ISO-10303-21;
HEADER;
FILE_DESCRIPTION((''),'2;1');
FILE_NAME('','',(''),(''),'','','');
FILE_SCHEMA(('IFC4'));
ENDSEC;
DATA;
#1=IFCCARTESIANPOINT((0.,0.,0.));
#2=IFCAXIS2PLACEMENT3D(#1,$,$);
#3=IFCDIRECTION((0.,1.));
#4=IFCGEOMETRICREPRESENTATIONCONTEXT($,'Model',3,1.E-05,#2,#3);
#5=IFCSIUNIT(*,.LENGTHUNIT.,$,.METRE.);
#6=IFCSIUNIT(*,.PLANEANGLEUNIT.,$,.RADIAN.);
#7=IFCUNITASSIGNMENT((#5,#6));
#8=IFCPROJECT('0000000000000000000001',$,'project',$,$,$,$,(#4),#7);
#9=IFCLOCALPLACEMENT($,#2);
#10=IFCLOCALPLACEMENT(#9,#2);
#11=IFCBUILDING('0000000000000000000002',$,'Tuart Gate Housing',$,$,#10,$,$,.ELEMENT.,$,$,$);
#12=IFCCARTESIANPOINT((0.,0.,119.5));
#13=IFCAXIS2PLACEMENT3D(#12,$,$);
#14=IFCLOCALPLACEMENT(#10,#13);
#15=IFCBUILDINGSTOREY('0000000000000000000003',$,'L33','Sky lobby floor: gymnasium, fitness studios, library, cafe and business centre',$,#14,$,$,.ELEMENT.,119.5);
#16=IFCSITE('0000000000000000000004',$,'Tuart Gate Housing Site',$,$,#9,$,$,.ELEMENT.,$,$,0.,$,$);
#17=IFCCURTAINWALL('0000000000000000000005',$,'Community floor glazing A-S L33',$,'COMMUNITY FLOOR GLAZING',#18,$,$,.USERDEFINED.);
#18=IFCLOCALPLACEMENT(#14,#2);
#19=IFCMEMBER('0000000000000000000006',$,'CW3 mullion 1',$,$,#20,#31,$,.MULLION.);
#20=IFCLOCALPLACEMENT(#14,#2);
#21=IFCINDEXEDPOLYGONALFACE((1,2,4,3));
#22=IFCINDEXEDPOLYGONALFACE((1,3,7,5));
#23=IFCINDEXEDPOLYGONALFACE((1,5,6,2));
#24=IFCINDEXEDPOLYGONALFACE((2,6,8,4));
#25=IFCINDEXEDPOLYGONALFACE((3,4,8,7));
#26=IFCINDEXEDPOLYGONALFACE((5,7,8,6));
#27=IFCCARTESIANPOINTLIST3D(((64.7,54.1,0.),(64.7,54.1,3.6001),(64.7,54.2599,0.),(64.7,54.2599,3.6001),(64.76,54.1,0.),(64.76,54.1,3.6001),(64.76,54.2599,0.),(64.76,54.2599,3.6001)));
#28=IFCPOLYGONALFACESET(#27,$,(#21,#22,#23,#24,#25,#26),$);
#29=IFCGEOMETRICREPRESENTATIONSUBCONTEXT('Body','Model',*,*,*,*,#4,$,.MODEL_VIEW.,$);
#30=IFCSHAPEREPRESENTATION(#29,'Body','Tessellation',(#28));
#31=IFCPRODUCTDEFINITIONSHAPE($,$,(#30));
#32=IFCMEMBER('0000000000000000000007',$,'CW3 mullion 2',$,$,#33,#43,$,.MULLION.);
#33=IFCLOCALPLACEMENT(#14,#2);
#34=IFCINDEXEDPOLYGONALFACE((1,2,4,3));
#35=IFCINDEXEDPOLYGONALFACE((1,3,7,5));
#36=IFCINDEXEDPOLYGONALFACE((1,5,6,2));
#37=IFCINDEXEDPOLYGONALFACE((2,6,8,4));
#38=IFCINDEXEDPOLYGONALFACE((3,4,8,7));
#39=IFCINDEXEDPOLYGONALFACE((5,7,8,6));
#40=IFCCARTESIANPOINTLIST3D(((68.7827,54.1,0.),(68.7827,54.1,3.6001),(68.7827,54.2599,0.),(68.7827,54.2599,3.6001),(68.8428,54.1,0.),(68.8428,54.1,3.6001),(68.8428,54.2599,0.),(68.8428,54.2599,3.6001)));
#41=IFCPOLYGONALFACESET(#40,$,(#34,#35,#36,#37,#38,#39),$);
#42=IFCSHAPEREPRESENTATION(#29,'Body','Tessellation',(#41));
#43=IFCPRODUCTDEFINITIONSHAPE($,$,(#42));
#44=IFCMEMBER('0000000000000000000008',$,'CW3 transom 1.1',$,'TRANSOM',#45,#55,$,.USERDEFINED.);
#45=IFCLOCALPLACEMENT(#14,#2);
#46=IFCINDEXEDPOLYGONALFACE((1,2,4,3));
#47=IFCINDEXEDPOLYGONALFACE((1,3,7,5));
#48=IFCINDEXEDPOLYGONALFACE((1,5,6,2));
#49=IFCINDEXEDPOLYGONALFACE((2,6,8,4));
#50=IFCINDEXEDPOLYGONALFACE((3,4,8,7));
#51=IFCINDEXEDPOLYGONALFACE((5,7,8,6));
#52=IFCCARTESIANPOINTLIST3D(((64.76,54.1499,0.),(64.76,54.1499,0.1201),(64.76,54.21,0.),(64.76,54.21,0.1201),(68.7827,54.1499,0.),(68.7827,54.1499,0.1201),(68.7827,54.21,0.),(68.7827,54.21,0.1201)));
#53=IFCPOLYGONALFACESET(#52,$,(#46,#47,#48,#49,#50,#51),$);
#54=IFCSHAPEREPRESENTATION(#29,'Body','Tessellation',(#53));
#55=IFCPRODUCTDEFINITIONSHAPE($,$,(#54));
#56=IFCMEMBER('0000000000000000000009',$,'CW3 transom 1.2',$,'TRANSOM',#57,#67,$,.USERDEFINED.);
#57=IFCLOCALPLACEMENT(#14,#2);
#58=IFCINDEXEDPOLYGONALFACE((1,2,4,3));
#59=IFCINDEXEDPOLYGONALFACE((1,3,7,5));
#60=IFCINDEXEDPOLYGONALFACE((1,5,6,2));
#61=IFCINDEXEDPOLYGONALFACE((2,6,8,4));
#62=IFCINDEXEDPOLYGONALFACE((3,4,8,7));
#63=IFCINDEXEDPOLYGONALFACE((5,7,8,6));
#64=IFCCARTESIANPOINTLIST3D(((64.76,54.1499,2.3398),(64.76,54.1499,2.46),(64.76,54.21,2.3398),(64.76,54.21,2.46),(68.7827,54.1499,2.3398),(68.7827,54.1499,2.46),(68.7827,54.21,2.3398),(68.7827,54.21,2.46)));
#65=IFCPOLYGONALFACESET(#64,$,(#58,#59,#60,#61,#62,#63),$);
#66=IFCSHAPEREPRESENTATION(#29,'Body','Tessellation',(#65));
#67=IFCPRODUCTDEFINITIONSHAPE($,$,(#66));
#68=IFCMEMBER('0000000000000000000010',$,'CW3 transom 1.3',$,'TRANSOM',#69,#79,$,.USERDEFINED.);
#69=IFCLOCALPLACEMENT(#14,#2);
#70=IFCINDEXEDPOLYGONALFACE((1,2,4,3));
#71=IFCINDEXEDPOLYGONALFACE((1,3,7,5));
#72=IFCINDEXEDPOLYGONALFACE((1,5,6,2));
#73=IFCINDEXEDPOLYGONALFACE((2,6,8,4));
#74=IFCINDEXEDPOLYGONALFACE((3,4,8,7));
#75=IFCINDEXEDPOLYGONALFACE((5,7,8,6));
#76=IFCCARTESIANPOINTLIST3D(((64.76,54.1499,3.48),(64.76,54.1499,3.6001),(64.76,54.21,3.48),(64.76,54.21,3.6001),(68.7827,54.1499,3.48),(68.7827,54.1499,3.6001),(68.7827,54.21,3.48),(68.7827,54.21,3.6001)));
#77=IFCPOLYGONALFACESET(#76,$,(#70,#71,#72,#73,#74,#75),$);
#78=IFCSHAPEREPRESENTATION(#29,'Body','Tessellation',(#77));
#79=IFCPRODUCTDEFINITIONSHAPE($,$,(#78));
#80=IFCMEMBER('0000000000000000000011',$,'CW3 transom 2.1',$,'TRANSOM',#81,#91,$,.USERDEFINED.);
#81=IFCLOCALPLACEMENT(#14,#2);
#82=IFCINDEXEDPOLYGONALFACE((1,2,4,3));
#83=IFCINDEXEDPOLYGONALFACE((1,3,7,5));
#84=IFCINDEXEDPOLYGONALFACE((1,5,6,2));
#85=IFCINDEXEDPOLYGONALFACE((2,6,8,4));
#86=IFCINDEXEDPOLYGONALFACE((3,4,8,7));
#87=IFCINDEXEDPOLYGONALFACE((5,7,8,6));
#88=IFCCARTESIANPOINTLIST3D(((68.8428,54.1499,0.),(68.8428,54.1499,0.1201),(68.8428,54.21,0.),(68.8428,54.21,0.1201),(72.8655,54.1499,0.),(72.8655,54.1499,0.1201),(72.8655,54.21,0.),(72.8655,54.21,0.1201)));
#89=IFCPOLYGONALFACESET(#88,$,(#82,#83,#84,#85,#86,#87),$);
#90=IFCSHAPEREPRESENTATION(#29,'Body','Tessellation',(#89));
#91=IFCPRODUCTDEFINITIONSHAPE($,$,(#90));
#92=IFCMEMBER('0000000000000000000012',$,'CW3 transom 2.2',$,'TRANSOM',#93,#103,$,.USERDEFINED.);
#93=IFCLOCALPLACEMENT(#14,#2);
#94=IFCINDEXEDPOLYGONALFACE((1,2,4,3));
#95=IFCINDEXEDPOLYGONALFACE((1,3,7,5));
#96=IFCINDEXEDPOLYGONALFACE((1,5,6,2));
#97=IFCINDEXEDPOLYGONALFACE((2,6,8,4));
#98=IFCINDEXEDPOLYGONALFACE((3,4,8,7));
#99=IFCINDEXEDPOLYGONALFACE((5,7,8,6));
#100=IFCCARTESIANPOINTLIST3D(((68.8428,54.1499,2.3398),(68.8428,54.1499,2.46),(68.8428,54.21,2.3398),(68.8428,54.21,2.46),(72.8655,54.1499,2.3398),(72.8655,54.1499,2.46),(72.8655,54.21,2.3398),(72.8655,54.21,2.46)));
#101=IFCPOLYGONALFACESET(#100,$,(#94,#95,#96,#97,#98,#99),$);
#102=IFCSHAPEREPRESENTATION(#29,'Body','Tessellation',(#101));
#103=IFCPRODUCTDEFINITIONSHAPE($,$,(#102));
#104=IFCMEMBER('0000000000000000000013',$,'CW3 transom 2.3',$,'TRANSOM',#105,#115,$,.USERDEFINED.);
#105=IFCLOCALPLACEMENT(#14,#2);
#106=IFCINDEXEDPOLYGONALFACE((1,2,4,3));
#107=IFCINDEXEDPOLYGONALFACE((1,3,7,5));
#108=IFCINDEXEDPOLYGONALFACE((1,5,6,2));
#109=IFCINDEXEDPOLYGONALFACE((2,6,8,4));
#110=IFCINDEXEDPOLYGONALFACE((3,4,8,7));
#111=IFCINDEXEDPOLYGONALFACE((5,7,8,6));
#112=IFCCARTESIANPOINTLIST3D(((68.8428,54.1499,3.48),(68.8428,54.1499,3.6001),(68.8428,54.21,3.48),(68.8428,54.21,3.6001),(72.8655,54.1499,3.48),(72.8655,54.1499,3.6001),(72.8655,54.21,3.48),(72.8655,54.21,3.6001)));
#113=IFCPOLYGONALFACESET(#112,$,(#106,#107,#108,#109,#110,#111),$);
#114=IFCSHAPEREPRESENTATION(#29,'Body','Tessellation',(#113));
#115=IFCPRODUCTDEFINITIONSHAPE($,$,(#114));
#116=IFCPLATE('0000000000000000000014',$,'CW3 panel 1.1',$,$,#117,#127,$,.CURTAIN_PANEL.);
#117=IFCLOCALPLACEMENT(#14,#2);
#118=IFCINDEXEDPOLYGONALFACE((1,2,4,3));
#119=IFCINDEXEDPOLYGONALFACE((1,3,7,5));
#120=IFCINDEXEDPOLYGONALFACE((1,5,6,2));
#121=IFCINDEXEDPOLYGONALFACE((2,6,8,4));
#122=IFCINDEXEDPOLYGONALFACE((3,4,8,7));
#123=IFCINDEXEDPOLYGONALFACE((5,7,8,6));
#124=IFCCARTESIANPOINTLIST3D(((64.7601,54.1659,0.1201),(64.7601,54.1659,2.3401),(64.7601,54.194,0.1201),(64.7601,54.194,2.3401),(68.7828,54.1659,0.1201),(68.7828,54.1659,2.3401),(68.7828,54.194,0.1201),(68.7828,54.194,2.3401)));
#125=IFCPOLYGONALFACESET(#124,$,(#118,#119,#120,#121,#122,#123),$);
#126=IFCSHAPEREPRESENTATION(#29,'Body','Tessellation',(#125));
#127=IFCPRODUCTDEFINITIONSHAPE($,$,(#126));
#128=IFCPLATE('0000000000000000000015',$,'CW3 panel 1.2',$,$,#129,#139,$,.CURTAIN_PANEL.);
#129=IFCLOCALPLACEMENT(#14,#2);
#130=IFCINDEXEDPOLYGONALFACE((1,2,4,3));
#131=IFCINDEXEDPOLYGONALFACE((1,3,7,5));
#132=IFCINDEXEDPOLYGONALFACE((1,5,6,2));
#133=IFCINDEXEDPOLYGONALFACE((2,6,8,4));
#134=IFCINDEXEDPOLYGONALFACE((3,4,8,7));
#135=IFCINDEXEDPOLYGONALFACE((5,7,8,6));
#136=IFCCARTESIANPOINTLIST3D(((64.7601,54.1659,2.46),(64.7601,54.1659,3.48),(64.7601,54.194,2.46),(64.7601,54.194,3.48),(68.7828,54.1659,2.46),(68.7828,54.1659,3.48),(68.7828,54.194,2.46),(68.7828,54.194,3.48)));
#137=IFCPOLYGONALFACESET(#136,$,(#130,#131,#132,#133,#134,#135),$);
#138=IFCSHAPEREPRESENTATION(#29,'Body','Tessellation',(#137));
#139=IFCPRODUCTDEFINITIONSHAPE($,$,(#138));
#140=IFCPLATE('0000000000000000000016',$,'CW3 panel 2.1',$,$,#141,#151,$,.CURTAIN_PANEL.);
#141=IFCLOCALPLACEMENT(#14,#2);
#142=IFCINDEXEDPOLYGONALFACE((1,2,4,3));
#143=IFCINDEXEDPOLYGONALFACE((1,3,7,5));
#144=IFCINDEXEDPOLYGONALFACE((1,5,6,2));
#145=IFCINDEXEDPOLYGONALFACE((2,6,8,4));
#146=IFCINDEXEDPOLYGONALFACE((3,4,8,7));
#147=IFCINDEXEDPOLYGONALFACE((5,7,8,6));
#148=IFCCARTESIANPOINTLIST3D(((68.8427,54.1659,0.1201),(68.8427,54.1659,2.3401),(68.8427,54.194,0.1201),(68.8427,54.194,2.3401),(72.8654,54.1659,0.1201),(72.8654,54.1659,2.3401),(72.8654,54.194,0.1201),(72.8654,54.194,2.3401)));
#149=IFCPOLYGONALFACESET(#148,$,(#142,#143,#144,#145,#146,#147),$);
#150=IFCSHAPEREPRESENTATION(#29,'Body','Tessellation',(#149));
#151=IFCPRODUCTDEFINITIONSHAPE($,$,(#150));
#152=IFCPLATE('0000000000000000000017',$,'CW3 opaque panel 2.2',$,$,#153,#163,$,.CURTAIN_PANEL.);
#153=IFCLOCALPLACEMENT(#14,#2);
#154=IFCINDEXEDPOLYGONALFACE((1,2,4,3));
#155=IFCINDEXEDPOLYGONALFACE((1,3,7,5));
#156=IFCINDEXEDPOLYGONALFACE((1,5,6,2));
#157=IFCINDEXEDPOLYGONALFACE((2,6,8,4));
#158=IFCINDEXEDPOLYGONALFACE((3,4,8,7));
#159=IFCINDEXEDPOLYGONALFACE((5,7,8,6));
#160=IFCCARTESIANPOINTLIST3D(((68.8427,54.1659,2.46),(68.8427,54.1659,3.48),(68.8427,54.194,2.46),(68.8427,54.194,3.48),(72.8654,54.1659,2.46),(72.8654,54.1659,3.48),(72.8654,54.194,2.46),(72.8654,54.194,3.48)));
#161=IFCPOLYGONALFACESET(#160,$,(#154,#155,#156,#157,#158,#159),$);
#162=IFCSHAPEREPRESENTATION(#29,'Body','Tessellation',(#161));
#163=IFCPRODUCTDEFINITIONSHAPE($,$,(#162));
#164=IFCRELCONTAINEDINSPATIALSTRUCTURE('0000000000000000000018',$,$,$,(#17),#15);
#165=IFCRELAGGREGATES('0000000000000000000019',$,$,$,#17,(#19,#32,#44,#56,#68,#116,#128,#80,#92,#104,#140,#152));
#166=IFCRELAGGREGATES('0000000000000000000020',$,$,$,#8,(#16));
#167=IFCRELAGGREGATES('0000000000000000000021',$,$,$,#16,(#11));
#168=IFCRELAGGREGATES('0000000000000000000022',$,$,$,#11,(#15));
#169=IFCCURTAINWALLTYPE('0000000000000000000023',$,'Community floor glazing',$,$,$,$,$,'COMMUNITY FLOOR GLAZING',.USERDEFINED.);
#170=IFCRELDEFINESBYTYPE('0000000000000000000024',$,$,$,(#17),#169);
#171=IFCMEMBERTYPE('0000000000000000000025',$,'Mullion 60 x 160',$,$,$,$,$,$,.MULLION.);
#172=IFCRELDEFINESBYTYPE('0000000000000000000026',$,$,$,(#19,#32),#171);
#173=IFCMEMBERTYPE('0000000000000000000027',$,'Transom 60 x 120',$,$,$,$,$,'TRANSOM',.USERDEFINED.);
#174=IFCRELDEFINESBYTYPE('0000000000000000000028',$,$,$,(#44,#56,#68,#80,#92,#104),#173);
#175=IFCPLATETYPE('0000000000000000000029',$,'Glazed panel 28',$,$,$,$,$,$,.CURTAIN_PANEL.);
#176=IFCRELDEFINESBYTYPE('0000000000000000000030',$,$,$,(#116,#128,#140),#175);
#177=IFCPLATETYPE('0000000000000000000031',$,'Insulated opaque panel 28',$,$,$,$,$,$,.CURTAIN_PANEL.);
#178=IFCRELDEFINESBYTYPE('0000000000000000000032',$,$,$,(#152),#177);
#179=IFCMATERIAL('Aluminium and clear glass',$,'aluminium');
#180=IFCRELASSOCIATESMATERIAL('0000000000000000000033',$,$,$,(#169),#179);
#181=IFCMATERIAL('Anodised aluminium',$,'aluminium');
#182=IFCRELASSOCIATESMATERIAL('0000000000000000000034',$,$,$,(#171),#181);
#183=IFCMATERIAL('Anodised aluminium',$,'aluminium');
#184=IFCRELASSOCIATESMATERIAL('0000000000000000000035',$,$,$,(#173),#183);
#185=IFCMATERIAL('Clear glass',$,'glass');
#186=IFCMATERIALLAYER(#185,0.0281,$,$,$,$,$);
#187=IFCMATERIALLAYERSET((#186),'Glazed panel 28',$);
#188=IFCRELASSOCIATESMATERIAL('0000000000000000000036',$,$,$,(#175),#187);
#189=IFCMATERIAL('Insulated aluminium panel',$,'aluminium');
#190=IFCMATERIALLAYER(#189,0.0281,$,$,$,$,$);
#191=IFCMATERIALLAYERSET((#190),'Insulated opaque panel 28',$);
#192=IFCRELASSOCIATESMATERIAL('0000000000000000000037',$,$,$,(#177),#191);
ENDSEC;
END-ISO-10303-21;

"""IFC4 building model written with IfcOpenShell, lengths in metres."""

from ifc_helpers import new_model, si_unit, direction, frame, origin, origin_2d, place, context, subcontext, project, spatial, rectangle, extrude, material, layer, layer_set, material_profile, profile_set, type_object, element, aggregate, save


model = new_model("IFC4")

# Units and contexts
model_context = context("Model", 3, precision=1e-05, world=origin(), true_north=direction((0.0, 1.0)))
body_context = subcontext(model_context, "Body", "Model", "MODEL_VIEW")
ifc_project = project(units=[si_unit("LENGTHUNIT", "METRE"), si_unit("PLANEANGLEUNIT", "RADIAN")], contexts=[model_context])

# Site, building, storey
site_placement = place(None, origin())
site = spatial("IfcSite", under=ifc_project, at=site_placement, Name="Tuart Gate Housing Site", CompositionType="ELEMENT", RefElevation=0.0)
building_placement = place(site_placement, origin())
building = spatial("IfcBuilding", under=site, at=building_placement, Name="Tuart Gate Housing", CompositionType="ELEMENT")
storey_placement = place(building_placement, frame((0.0, 0.0, 119.5)))
storey = spatial("IfcBuildingStorey", under=building, at=storey_placement, Name="L33", Description="Sky lobby floor: gymnasium, fitness studios, library, cafe and business centre", CompositionType="ELEMENT", Elevation=119.5)

# Curtain wall, members, plates
ifc_material_1 = material(Name="Aluminium and clear glass", Category="aluminium")
curtain_wall_type = type_object("IfcCurtainWallType", Name="Community floor glazing", ElementType="COMMUNITY FLOOR GLAZING", PredefinedType="USERDEFINED", material=ifc_material_1)
curtain_wall_placement = place(storey_placement, origin())
curtain_wall = element("IfcCurtainWall", 1, at=curtain_wall_placement, inside=storey, type_object=curtain_wall_type, Name="Community floor glazing A-S L33", ObjectType="COMMUNITY FLOOR GLAZING", PredefinedType="USERDEFINED")
ifc_material_2 = material(Name="Anodised aluminium", Category="aluminium")
ifc_material_profile_1 = material_profile(ifc_material_2, rectangle(XDim=0.0601, YDim=0.1599, at=origin_2d()), Name="60x160")
ifc_profile_set_1 = profile_set([ifc_material_profile_1], Name="Anodised aluminium")
member_type_1 = type_object("IfcMemberType", Name="Mullion 60 x 160", PredefinedType="MULLION", material=ifc_profile_set_1)
member_1_placement = place(storey_placement, frame((64.73, 54.1799, 0.0), z_axis=(0.0, 0.0, 1.0), x_axis=(1.0, 0.0, 0.0)))
member_1 = element("IfcMember", 2, at=member_1_placement, type_object=member_type_1, Name="CW3 mullion 1", PredefinedType="MULLION", context=body_context, shape_type="SweptSolid", body=[
    extrude(rectangle(XDim=0.0601, YDim=0.1599, at=origin_2d()), origin(), (0.0, 0.0, 1.0), 3.6001),
])
member_2_placement = place(storey_placement, frame((68.8127, 54.1799, 0.0), z_axis=(0.0, 0.0, 1.0), x_axis=(1.0, 0.0, 0.0)))
member_2 = element("IfcMember", 3, at=member_2_placement, type_object=member_type_1, Name="CW3 mullion 2", PredefinedType="MULLION", context=body_context, shape_type="SweptSolid", body=[
    extrude(rectangle(XDim=0.0601, YDim=0.1599, at=origin_2d()), origin(), (0.0, 0.0, 1.0), 3.6001),
])
ifc_material_3 = material(Name="Anodised aluminium", Category="aluminium")
ifc_material_profile_2 = material_profile(ifc_material_3, rectangle(XDim=0.0601, YDim=0.1201, at=origin_2d()), Name="60x120")
ifc_profile_set_2 = profile_set([ifc_material_profile_2], Name="Anodised aluminium")
member_type_2 = type_object("IfcMemberType", Name="Transom 60 x 120", ElementType="TRANSOM", PredefinedType="USERDEFINED", material=ifc_profile_set_2)
member_3_placement = place(storey_placement, frame((64.76, 54.1799, 0.0601), z_axis=(1.0, 0.0, 0.0), x_axis=(0.0, 1.0, 0.0)))
member_3 = element("IfcMember", 4, at=member_3_placement, type_object=member_type_2, Name="CW3 transom 1.1", ObjectType="TRANSOM", PredefinedType="USERDEFINED", context=body_context, shape_type="SweptSolid", body=[
    extrude(rectangle(XDim=0.0601, YDim=0.1201, at=origin_2d()), origin(), (0.0, 0.0, 1.0), 4.0227),
])
member_4_placement = place(storey_placement, frame((64.76, 54.1799, 2.3999), z_axis=(1.0, 0.0, 0.0), x_axis=(0.0, 1.0, 0.0)))
member_4 = element("IfcMember", 5, at=member_4_placement, type_object=member_type_2, Name="CW3 transom 1.2", ObjectType="TRANSOM", PredefinedType="USERDEFINED", context=body_context, shape_type="SweptSolid", body=[
    extrude(rectangle(XDim=0.0601, YDim=0.1201, at=origin_2d()), origin(), (0.0, 0.0, 1.0), 4.0227),
])
member_5_placement = place(storey_placement, frame((64.76, 54.1799, 3.54), z_axis=(1.0, 0.0, 0.0), x_axis=(0.0, 1.0, 0.0)))
member_5 = element("IfcMember", 6, at=member_5_placement, type_object=member_type_2, Name="CW3 transom 1.3", ObjectType="TRANSOM", PredefinedType="USERDEFINED", context=body_context, shape_type="SweptSolid", body=[
    extrude(rectangle(XDim=0.0601, YDim=0.1201, at=origin_2d()), origin(), (0.0, 0.0, 1.0), 4.0227),
])
member_6_placement = place(storey_placement, frame((68.8428, 54.1799, 0.0601), z_axis=(1.0, 0.0, 0.0), x_axis=(0.0, 1.0, 0.0)))
member_6 = element("IfcMember", 7, at=member_6_placement, type_object=member_type_2, Name="CW3 transom 2.1", ObjectType="TRANSOM", PredefinedType="USERDEFINED", context=body_context, shape_type="SweptSolid", body=[
    extrude(rectangle(XDim=0.0601, YDim=0.1201, at=origin_2d()), origin(), (0.0, 0.0, 1.0), 4.0227),
])
member_7_placement = place(storey_placement, frame((68.8428, 54.1799, 2.3999), z_axis=(1.0, 0.0, 0.0), x_axis=(0.0, 1.0, 0.0)))
member_7 = element("IfcMember", 8, at=member_7_placement, type_object=member_type_2, Name="CW3 transom 2.2", ObjectType="TRANSOM", PredefinedType="USERDEFINED", context=body_context, shape_type="SweptSolid", body=[
    extrude(rectangle(XDim=0.0601, YDim=0.1201, at=origin_2d()), origin(), (0.0, 0.0, 1.0), 4.0227),
])
member_8_placement = place(storey_placement, frame((68.8428, 54.1799, 3.54), z_axis=(1.0, 0.0, 0.0), x_axis=(0.0, 1.0, 0.0)))
member_8 = element("IfcMember", 9, at=member_8_placement, type_object=member_type_2, Name="CW3 transom 2.3", ObjectType="TRANSOM", PredefinedType="USERDEFINED", context=body_context, shape_type="SweptSolid", body=[
    extrude(rectangle(XDim=0.0601, YDim=0.1201, at=origin_2d()), origin(), (0.0, 0.0, 1.0), 4.0227),
])
ifc_material_4 = material(Name="Clear glass", Category="glass")
ifc_layer_1 = layer(ifc_material_4, 0.0281)
ifc_layer_set_1 = layer_set([ifc_layer_1], Name="Glazed panel 28")
plate_type_1 = type_object("IfcPlateType", Name="Glazed panel 28", PredefinedType="CURTAIN_PANEL", material=ifc_layer_set_1)
plate_1_placement = place(storey_placement, frame((66.7715, 54.1799, 0.1201), z_axis=(0.0, 0.0, 1.0), x_axis=(1.0, 0.0, 0.0)))
plate_1 = element("IfcPlate", 10, at=plate_1_placement, type_object=plate_type_1, Name="CW3 panel 1.1", PredefinedType="CURTAIN_PANEL", context=body_context, shape_type="SweptSolid", body=[
    extrude(rectangle(XDim=4.0227, YDim=0.0281, at=origin_2d()), origin(), (0.0, 0.0, 1.0), 2.22),
])
plate_2_placement = place(storey_placement, frame((66.7715, 54.1799, 2.46), z_axis=(0.0, 0.0, 1.0), x_axis=(1.0, 0.0, 0.0)))
plate_2 = element("IfcPlate", 11, at=plate_2_placement, type_object=plate_type_1, Name="CW3 panel 1.2", PredefinedType="CURTAIN_PANEL", context=body_context, shape_type="SweptSolid", body=[
    extrude(rectangle(XDim=4.0227, YDim=0.0281, at=origin_2d()), origin(), (0.0, 0.0, 1.0), 1.02),
])
plate_3_placement = place(storey_placement, frame((70.854, 54.1799, 0.1201), z_axis=(0.0, 0.0, 1.0), x_axis=(1.0, 0.0, 0.0)))
plate_3 = element("IfcPlate", 12, at=plate_3_placement, type_object=plate_type_1, Name="CW3 panel 2.1", PredefinedType="CURTAIN_PANEL", context=body_context, shape_type="SweptSolid", body=[
    extrude(rectangle(XDim=4.0227, YDim=0.0281, at=origin_2d()), origin(), (0.0, 0.0, 1.0), 2.22),
])
ifc_material_5 = material(Name="Insulated aluminium panel", Category="aluminium")
ifc_layer_2 = layer(ifc_material_5, 0.0281)
ifc_layer_set_2 = layer_set([ifc_layer_2], Name="Insulated opaque panel 28")
plate_type_2 = type_object("IfcPlateType", Name="Insulated opaque panel 28", PredefinedType="CURTAIN_PANEL", material=ifc_layer_set_2)
plate_4_placement = place(storey_placement, frame((70.854, 54.1799, 2.46), z_axis=(0.0, 0.0, 1.0), x_axis=(1.0, 0.0, 0.0)))
plate_4 = element("IfcPlate", 13, at=plate_4_placement, type_object=plate_type_2, Name="CW3 opaque panel 2.2", PredefinedType="CURTAIN_PANEL", context=body_context, shape_type="SweptSolid", body=[
    extrude(rectangle(XDim=4.0227, YDim=0.0281, at=origin_2d()), origin(), (0.0, 0.0, 1.0), 1.02),
])
aggregate(curtain_wall, [member_1, member_2, member_3, member_4, member_5, plate_1, plate_2, member_6, member_7, member_8, plate_3, plate_4])

save(model, "model.ifc")
